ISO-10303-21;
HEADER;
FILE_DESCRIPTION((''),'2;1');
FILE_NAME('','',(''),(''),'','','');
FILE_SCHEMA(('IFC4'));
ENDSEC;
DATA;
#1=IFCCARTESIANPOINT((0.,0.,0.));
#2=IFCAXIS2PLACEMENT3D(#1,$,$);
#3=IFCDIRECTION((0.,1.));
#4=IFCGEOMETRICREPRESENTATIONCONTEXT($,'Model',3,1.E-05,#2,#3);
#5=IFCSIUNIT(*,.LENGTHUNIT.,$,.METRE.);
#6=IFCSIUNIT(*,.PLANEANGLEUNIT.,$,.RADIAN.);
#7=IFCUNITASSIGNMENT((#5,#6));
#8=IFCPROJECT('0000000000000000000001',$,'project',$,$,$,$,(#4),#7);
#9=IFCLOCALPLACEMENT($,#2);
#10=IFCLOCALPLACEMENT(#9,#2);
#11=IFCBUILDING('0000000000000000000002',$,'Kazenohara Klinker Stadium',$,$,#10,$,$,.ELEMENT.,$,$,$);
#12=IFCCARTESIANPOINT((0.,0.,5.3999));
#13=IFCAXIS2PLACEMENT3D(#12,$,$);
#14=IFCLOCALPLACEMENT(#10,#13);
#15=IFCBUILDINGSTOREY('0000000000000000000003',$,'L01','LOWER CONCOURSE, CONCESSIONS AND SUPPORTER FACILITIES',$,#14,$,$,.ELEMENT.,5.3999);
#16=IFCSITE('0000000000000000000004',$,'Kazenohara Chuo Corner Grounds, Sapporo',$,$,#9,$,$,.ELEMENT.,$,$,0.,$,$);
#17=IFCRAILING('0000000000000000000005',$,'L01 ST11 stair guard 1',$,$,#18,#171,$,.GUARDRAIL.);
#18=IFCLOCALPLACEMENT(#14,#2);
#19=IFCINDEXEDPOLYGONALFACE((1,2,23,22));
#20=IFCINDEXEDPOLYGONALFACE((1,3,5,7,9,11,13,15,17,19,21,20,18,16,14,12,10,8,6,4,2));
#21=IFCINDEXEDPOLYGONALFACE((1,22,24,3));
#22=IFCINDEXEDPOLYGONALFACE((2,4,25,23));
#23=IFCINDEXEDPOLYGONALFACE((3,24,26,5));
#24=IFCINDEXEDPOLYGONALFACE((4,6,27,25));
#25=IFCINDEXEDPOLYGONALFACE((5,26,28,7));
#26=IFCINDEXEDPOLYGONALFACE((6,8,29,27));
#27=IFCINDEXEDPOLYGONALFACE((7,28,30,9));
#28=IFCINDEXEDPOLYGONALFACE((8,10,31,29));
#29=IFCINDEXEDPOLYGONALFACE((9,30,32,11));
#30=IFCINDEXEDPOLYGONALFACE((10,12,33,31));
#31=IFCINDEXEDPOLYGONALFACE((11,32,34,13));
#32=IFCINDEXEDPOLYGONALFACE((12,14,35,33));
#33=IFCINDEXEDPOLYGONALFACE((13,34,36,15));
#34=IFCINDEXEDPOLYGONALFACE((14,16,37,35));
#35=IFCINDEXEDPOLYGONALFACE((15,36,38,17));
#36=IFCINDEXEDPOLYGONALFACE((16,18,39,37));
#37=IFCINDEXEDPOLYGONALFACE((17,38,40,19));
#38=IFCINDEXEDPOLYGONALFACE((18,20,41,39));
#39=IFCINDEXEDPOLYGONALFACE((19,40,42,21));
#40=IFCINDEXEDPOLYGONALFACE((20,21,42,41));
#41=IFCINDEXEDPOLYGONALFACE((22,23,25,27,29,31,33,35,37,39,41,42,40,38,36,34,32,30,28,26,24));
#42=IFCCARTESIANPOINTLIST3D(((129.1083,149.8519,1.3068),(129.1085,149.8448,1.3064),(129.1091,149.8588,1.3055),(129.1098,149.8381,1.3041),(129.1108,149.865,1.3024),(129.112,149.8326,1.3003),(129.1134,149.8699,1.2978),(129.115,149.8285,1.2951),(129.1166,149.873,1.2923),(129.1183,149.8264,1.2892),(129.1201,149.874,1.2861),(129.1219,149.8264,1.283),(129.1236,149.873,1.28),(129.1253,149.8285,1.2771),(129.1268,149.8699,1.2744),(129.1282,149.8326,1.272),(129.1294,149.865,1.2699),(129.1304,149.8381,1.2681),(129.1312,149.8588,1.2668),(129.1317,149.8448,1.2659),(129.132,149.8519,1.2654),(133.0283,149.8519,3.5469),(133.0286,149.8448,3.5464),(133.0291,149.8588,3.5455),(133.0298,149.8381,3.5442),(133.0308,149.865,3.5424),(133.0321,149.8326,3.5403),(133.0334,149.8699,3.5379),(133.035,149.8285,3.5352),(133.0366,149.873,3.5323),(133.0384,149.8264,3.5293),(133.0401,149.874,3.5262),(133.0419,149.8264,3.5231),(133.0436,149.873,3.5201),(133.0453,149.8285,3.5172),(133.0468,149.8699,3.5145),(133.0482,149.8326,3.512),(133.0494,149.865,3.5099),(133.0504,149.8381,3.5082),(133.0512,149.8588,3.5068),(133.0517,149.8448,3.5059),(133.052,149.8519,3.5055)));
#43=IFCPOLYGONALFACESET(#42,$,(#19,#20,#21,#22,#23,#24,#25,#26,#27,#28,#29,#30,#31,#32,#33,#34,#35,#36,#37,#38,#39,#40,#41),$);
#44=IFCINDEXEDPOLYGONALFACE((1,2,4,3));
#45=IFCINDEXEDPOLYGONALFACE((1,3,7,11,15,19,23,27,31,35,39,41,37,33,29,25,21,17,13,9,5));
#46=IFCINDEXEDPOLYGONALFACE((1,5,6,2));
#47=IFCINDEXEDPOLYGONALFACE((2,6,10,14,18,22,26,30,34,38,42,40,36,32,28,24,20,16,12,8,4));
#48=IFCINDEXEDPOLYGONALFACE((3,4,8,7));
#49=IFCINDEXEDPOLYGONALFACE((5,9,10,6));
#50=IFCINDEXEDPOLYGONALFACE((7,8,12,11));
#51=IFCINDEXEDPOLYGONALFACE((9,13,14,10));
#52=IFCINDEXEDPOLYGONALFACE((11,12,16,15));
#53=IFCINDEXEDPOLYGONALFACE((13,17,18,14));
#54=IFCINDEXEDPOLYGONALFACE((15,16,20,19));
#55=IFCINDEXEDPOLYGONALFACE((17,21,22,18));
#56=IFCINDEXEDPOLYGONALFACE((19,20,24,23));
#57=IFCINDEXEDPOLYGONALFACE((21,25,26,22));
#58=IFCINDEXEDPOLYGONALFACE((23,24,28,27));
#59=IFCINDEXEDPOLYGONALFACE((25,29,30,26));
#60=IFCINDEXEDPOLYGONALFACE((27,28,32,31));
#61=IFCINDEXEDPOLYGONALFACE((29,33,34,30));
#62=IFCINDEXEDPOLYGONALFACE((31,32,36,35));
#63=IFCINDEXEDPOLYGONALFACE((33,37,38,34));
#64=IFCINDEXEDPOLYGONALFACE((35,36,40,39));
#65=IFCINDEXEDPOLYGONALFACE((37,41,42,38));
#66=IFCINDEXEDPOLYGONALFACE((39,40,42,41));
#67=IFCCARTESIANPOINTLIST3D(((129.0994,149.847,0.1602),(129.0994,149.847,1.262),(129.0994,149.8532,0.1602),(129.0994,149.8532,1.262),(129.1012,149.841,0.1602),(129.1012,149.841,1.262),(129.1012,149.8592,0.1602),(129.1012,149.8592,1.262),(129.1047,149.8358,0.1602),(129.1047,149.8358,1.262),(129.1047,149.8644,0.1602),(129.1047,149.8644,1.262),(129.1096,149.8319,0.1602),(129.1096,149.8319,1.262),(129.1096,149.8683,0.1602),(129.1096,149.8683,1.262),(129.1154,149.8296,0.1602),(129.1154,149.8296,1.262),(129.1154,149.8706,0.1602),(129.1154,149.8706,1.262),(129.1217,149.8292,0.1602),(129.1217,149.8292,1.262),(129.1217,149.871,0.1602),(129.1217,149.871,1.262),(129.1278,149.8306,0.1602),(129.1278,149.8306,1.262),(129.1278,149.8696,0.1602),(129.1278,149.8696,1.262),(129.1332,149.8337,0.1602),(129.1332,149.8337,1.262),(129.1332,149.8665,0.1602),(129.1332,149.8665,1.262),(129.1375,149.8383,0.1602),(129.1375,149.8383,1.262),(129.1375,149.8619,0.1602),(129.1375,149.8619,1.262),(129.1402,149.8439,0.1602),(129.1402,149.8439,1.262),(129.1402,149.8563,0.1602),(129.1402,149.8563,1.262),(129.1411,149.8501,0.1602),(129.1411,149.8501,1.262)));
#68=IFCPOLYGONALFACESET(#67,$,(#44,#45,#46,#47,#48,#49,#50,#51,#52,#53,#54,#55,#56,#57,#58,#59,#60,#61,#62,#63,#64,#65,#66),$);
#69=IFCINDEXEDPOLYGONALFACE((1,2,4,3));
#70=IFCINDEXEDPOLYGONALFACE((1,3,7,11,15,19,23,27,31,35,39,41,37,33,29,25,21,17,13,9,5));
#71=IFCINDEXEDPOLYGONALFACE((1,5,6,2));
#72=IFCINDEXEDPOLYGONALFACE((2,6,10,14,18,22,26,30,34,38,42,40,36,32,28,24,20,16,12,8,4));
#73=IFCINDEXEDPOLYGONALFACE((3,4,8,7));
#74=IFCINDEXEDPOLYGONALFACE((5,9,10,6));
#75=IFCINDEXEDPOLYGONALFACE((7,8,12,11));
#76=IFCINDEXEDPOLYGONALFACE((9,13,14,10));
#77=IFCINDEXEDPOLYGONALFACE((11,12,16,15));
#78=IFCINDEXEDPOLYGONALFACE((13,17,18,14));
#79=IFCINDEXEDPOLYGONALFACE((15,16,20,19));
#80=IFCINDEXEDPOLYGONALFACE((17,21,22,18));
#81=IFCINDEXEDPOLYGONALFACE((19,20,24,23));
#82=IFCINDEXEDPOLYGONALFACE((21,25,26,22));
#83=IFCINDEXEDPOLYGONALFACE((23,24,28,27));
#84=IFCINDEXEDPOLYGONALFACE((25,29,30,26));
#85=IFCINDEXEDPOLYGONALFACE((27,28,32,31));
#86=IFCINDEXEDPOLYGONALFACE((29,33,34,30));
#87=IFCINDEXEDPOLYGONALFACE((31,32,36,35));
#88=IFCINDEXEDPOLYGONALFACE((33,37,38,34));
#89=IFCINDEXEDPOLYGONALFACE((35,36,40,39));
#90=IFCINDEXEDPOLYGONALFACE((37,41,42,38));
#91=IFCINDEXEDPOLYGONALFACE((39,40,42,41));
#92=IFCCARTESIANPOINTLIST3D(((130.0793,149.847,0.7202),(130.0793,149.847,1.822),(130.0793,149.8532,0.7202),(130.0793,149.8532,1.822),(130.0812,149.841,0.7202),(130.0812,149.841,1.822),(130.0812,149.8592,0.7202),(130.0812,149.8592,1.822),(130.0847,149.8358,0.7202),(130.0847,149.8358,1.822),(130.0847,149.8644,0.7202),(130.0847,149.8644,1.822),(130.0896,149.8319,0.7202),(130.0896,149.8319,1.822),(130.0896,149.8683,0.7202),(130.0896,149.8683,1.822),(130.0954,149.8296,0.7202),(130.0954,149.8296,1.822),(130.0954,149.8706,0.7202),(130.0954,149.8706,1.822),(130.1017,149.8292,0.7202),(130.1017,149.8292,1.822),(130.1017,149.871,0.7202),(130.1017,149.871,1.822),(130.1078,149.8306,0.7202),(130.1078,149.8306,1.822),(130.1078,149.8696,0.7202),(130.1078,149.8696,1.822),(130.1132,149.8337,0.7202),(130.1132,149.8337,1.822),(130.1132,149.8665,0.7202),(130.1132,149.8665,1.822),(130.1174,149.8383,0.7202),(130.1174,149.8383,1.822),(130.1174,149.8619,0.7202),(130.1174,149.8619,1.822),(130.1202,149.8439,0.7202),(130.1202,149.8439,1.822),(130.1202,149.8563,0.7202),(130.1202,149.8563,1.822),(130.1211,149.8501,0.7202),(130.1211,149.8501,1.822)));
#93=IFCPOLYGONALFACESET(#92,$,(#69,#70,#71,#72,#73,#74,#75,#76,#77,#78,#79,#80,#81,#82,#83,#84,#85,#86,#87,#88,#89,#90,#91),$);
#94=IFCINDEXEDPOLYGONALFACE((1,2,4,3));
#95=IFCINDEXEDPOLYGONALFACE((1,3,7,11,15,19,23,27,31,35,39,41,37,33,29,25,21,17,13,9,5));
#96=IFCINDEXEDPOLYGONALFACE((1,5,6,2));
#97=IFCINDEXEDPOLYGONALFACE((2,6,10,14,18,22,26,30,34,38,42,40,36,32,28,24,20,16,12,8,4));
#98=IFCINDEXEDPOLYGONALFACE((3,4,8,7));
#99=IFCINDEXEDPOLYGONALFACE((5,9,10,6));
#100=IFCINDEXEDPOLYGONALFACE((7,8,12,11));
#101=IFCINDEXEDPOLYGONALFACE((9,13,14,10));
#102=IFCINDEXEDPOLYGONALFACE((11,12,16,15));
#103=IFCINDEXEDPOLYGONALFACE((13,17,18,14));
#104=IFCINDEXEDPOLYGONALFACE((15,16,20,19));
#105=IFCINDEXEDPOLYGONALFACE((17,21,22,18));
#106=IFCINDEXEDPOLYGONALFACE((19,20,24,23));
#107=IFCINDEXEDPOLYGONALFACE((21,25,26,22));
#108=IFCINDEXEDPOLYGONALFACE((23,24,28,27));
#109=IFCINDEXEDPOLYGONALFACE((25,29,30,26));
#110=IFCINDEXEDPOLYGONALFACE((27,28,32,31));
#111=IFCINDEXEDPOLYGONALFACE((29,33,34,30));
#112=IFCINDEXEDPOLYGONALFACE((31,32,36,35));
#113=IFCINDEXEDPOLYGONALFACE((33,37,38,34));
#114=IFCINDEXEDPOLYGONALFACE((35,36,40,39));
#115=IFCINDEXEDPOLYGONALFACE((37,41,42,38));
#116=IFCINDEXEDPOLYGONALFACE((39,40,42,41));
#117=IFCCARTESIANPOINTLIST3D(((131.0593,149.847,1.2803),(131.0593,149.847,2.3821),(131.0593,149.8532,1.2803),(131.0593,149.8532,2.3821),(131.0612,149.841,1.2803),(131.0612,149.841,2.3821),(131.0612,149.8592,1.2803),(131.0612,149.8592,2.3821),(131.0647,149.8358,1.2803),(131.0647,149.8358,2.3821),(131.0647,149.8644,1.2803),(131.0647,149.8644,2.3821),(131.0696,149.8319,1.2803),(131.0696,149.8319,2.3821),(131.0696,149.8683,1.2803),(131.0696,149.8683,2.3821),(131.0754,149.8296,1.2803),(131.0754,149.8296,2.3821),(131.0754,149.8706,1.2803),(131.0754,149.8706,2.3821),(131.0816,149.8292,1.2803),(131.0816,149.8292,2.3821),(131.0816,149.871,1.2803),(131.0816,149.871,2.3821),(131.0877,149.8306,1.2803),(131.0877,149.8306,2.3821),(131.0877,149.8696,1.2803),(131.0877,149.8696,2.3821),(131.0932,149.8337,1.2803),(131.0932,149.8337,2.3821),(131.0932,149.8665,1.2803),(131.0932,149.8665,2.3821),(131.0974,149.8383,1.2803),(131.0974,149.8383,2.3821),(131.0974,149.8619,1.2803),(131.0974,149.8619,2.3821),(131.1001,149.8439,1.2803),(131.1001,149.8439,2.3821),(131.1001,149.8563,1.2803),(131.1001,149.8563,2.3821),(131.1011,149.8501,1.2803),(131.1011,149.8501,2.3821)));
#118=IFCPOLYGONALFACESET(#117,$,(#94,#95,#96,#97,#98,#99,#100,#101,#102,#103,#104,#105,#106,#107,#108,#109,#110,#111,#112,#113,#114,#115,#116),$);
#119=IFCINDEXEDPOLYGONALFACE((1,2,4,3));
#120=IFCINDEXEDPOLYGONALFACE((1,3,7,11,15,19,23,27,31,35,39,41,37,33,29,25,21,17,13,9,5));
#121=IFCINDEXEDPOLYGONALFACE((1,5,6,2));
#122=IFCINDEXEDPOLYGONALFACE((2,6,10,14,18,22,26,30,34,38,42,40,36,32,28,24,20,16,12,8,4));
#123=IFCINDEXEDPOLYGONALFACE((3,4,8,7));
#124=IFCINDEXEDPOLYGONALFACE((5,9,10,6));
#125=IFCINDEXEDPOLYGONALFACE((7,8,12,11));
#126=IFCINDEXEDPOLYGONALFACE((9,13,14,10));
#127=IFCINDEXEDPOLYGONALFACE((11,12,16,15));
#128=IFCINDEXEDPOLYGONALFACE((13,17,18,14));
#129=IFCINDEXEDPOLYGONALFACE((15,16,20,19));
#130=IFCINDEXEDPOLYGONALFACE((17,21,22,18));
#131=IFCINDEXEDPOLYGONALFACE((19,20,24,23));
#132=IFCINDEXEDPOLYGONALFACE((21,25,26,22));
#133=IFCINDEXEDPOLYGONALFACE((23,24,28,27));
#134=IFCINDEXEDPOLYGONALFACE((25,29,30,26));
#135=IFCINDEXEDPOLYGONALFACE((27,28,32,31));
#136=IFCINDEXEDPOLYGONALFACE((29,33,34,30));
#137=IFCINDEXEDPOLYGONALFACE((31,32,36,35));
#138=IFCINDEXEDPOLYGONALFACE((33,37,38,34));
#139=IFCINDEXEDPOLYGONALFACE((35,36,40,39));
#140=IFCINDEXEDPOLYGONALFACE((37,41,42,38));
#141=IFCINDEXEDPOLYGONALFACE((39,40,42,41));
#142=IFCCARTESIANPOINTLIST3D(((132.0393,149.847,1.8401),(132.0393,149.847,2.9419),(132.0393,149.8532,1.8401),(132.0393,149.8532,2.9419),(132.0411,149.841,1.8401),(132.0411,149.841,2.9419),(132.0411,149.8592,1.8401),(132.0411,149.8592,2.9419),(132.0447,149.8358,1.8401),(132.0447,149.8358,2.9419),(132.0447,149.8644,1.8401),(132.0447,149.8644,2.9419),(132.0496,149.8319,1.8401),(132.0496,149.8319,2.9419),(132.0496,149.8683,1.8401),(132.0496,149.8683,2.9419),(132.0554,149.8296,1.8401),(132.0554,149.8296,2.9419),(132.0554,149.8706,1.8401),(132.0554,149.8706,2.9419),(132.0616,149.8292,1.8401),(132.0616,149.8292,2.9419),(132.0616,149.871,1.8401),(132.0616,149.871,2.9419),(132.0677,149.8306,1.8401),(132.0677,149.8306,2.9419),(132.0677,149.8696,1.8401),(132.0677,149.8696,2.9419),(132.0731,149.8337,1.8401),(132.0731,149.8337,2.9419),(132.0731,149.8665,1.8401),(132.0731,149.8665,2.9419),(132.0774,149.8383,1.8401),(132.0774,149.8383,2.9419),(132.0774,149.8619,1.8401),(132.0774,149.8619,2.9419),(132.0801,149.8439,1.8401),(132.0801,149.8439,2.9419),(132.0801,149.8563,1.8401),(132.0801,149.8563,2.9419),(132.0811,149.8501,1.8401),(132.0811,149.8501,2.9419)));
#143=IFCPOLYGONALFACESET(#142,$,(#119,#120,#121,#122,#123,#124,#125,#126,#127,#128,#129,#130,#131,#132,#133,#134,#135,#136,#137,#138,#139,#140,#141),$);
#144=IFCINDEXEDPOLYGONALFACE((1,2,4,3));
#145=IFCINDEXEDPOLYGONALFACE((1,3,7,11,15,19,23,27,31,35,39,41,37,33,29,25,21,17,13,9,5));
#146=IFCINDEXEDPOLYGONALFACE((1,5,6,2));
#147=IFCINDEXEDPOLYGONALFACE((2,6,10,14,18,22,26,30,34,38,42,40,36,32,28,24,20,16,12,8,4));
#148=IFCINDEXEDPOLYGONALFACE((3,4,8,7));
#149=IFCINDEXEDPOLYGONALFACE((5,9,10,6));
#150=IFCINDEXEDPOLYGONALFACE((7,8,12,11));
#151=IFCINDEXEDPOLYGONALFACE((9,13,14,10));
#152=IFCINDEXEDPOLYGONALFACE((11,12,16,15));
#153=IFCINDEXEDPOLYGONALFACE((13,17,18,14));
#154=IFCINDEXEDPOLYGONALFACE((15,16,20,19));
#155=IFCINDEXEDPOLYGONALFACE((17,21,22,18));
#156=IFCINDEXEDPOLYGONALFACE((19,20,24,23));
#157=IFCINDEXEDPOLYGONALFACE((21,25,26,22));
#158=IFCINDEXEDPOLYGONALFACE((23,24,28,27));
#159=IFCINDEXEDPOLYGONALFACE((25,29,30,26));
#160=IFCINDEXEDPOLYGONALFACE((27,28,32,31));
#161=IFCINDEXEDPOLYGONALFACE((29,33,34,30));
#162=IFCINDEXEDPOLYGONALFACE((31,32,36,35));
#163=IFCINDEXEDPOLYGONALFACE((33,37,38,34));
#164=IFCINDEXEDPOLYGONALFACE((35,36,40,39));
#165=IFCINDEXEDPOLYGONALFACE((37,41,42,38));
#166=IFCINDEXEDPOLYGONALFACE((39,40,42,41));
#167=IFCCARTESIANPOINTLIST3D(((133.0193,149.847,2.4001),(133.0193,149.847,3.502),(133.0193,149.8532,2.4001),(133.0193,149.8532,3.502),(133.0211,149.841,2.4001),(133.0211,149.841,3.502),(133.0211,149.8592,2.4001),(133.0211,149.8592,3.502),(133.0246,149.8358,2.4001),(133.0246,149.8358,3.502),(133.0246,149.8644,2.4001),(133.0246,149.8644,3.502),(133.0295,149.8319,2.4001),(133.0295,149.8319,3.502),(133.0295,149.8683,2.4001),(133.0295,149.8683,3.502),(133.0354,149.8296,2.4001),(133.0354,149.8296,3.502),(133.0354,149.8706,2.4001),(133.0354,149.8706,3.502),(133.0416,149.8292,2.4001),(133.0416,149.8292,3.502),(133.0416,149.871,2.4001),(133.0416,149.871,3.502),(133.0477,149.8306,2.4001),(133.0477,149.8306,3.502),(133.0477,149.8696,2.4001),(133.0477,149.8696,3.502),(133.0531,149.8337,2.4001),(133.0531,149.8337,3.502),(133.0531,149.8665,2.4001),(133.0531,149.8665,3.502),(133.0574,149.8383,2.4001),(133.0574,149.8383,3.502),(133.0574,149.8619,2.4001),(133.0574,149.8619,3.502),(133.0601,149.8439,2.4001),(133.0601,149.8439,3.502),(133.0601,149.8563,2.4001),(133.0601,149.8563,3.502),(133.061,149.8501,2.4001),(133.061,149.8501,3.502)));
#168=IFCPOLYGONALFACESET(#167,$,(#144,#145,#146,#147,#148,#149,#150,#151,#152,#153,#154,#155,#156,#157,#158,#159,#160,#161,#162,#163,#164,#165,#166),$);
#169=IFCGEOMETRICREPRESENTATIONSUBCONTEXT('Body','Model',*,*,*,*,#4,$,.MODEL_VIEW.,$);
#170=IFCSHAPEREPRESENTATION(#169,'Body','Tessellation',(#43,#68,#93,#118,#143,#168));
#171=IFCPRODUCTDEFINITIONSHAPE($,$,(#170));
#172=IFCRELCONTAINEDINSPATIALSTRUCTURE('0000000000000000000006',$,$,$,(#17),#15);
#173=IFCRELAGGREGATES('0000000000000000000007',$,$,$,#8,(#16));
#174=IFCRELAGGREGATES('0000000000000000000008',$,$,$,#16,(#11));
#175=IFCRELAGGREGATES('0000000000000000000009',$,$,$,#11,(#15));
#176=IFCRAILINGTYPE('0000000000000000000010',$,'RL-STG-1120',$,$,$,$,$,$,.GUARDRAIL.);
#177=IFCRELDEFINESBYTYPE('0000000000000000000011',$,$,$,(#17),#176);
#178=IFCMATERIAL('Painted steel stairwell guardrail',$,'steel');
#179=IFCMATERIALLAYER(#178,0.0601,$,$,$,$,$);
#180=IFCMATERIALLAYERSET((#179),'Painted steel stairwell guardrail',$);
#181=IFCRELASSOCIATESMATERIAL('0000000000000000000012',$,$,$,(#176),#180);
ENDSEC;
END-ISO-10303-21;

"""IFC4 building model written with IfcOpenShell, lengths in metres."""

from ifc_helpers import new_model, si_unit, direction, frame, origin, origin_2d, place, context, subcontext, project, spatial, circle, extrude, material, layer, layer_set, type_object, element, save


model = new_model("IFC4")

# Units and contexts
model_context = context("Model", 3, precision=1e-05, world=origin(), true_north=direction((0.0, 1.0)))
body_context = subcontext(model_context, "Body", "Model", "MODEL_VIEW")
ifc_project = project(units=[si_unit("LENGTHUNIT", "METRE"), si_unit("PLANEANGLEUNIT", "RADIAN")], contexts=[model_context])

# Site, building, storey
site_placement = place(None, origin())
site = spatial("IfcSite", under=ifc_project, at=site_placement, Name="Kazenohara Chuo Corner Grounds, Sapporo", CompositionType="ELEMENT", RefElevation=0.0)
building_placement = place(site_placement, origin())
building = spatial("IfcBuilding", under=site, at=building_placement, Name="Kazenohara Klinker Stadium", CompositionType="ELEMENT")
storey_placement = place(building_placement, frame((0.0, 0.0, 5.3999)))
storey = spatial("IfcBuildingStorey", under=building, at=storey_placement, Name="L01", Description="LOWER CONCOURSE, CONCESSIONS AND SUPPORTER FACILITIES", CompositionType="ELEMENT", Elevation=5.3999)

# Railing
ifc_material_1 = material(Name="Painted steel stairwell guardrail", Category="steel")
ifc_layer_1 = layer(ifc_material_1, 0.0601)
ifc_layer_set_1 = layer_set([ifc_layer_1], Name="Painted steel stairwell guardrail")
railing_type_1 = type_object("IfcRailingType", Name="RL-STG-1120", PredefinedType="GUARDRAIL", material=ifc_layer_set_1)
railing_1_placement = place(storey_placement, frame((129.1201, 149.8501, 0.1602)))
element("IfcRailing", 1, at=railing_1_placement, inside=storey, type_object=railing_type_1, Name="L01 ST11 stair guard 1", PredefinedType="GUARDRAIL", context=body_context, shape_type="SweptSolid", body=[
    extrude(circle(Radius=0.0239, at=origin_2d()), frame((0.0, 0.0, 1.126), z_axis=(0.86824, 0.0, 0.496145), x_axis=(0.0, 1.0, 0.0)), (0.0, 0.0, 1.0), 4.5149),
    extrude(circle(Radius=0.021, at=origin_2d()), origin(), (0.0, 0.0, 1.0), 1.1018),
    extrude(circle(Radius=0.021, at=origin_2d()), frame((0.98, 0.0, 0.5601)), (0.0, 0.0, 1.0), 1.1018),
    extrude(circle(Radius=0.021, at=origin_2d()), frame((1.96, 0.0, 1.1201)), (0.0, 0.0, 1.0), 1.1018),
    extrude(circle(Radius=0.021, at=origin_2d()), frame((2.9399, 0.0, 1.6799)), (0.0, 0.0, 1.0), 1.1018),
    extrude(circle(Radius=0.021, at=origin_2d()), frame((3.9199, 0.0, 2.24)), (0.0, 0.0, 1.0), 1.1018),
])

save(model, "model.ifc")
